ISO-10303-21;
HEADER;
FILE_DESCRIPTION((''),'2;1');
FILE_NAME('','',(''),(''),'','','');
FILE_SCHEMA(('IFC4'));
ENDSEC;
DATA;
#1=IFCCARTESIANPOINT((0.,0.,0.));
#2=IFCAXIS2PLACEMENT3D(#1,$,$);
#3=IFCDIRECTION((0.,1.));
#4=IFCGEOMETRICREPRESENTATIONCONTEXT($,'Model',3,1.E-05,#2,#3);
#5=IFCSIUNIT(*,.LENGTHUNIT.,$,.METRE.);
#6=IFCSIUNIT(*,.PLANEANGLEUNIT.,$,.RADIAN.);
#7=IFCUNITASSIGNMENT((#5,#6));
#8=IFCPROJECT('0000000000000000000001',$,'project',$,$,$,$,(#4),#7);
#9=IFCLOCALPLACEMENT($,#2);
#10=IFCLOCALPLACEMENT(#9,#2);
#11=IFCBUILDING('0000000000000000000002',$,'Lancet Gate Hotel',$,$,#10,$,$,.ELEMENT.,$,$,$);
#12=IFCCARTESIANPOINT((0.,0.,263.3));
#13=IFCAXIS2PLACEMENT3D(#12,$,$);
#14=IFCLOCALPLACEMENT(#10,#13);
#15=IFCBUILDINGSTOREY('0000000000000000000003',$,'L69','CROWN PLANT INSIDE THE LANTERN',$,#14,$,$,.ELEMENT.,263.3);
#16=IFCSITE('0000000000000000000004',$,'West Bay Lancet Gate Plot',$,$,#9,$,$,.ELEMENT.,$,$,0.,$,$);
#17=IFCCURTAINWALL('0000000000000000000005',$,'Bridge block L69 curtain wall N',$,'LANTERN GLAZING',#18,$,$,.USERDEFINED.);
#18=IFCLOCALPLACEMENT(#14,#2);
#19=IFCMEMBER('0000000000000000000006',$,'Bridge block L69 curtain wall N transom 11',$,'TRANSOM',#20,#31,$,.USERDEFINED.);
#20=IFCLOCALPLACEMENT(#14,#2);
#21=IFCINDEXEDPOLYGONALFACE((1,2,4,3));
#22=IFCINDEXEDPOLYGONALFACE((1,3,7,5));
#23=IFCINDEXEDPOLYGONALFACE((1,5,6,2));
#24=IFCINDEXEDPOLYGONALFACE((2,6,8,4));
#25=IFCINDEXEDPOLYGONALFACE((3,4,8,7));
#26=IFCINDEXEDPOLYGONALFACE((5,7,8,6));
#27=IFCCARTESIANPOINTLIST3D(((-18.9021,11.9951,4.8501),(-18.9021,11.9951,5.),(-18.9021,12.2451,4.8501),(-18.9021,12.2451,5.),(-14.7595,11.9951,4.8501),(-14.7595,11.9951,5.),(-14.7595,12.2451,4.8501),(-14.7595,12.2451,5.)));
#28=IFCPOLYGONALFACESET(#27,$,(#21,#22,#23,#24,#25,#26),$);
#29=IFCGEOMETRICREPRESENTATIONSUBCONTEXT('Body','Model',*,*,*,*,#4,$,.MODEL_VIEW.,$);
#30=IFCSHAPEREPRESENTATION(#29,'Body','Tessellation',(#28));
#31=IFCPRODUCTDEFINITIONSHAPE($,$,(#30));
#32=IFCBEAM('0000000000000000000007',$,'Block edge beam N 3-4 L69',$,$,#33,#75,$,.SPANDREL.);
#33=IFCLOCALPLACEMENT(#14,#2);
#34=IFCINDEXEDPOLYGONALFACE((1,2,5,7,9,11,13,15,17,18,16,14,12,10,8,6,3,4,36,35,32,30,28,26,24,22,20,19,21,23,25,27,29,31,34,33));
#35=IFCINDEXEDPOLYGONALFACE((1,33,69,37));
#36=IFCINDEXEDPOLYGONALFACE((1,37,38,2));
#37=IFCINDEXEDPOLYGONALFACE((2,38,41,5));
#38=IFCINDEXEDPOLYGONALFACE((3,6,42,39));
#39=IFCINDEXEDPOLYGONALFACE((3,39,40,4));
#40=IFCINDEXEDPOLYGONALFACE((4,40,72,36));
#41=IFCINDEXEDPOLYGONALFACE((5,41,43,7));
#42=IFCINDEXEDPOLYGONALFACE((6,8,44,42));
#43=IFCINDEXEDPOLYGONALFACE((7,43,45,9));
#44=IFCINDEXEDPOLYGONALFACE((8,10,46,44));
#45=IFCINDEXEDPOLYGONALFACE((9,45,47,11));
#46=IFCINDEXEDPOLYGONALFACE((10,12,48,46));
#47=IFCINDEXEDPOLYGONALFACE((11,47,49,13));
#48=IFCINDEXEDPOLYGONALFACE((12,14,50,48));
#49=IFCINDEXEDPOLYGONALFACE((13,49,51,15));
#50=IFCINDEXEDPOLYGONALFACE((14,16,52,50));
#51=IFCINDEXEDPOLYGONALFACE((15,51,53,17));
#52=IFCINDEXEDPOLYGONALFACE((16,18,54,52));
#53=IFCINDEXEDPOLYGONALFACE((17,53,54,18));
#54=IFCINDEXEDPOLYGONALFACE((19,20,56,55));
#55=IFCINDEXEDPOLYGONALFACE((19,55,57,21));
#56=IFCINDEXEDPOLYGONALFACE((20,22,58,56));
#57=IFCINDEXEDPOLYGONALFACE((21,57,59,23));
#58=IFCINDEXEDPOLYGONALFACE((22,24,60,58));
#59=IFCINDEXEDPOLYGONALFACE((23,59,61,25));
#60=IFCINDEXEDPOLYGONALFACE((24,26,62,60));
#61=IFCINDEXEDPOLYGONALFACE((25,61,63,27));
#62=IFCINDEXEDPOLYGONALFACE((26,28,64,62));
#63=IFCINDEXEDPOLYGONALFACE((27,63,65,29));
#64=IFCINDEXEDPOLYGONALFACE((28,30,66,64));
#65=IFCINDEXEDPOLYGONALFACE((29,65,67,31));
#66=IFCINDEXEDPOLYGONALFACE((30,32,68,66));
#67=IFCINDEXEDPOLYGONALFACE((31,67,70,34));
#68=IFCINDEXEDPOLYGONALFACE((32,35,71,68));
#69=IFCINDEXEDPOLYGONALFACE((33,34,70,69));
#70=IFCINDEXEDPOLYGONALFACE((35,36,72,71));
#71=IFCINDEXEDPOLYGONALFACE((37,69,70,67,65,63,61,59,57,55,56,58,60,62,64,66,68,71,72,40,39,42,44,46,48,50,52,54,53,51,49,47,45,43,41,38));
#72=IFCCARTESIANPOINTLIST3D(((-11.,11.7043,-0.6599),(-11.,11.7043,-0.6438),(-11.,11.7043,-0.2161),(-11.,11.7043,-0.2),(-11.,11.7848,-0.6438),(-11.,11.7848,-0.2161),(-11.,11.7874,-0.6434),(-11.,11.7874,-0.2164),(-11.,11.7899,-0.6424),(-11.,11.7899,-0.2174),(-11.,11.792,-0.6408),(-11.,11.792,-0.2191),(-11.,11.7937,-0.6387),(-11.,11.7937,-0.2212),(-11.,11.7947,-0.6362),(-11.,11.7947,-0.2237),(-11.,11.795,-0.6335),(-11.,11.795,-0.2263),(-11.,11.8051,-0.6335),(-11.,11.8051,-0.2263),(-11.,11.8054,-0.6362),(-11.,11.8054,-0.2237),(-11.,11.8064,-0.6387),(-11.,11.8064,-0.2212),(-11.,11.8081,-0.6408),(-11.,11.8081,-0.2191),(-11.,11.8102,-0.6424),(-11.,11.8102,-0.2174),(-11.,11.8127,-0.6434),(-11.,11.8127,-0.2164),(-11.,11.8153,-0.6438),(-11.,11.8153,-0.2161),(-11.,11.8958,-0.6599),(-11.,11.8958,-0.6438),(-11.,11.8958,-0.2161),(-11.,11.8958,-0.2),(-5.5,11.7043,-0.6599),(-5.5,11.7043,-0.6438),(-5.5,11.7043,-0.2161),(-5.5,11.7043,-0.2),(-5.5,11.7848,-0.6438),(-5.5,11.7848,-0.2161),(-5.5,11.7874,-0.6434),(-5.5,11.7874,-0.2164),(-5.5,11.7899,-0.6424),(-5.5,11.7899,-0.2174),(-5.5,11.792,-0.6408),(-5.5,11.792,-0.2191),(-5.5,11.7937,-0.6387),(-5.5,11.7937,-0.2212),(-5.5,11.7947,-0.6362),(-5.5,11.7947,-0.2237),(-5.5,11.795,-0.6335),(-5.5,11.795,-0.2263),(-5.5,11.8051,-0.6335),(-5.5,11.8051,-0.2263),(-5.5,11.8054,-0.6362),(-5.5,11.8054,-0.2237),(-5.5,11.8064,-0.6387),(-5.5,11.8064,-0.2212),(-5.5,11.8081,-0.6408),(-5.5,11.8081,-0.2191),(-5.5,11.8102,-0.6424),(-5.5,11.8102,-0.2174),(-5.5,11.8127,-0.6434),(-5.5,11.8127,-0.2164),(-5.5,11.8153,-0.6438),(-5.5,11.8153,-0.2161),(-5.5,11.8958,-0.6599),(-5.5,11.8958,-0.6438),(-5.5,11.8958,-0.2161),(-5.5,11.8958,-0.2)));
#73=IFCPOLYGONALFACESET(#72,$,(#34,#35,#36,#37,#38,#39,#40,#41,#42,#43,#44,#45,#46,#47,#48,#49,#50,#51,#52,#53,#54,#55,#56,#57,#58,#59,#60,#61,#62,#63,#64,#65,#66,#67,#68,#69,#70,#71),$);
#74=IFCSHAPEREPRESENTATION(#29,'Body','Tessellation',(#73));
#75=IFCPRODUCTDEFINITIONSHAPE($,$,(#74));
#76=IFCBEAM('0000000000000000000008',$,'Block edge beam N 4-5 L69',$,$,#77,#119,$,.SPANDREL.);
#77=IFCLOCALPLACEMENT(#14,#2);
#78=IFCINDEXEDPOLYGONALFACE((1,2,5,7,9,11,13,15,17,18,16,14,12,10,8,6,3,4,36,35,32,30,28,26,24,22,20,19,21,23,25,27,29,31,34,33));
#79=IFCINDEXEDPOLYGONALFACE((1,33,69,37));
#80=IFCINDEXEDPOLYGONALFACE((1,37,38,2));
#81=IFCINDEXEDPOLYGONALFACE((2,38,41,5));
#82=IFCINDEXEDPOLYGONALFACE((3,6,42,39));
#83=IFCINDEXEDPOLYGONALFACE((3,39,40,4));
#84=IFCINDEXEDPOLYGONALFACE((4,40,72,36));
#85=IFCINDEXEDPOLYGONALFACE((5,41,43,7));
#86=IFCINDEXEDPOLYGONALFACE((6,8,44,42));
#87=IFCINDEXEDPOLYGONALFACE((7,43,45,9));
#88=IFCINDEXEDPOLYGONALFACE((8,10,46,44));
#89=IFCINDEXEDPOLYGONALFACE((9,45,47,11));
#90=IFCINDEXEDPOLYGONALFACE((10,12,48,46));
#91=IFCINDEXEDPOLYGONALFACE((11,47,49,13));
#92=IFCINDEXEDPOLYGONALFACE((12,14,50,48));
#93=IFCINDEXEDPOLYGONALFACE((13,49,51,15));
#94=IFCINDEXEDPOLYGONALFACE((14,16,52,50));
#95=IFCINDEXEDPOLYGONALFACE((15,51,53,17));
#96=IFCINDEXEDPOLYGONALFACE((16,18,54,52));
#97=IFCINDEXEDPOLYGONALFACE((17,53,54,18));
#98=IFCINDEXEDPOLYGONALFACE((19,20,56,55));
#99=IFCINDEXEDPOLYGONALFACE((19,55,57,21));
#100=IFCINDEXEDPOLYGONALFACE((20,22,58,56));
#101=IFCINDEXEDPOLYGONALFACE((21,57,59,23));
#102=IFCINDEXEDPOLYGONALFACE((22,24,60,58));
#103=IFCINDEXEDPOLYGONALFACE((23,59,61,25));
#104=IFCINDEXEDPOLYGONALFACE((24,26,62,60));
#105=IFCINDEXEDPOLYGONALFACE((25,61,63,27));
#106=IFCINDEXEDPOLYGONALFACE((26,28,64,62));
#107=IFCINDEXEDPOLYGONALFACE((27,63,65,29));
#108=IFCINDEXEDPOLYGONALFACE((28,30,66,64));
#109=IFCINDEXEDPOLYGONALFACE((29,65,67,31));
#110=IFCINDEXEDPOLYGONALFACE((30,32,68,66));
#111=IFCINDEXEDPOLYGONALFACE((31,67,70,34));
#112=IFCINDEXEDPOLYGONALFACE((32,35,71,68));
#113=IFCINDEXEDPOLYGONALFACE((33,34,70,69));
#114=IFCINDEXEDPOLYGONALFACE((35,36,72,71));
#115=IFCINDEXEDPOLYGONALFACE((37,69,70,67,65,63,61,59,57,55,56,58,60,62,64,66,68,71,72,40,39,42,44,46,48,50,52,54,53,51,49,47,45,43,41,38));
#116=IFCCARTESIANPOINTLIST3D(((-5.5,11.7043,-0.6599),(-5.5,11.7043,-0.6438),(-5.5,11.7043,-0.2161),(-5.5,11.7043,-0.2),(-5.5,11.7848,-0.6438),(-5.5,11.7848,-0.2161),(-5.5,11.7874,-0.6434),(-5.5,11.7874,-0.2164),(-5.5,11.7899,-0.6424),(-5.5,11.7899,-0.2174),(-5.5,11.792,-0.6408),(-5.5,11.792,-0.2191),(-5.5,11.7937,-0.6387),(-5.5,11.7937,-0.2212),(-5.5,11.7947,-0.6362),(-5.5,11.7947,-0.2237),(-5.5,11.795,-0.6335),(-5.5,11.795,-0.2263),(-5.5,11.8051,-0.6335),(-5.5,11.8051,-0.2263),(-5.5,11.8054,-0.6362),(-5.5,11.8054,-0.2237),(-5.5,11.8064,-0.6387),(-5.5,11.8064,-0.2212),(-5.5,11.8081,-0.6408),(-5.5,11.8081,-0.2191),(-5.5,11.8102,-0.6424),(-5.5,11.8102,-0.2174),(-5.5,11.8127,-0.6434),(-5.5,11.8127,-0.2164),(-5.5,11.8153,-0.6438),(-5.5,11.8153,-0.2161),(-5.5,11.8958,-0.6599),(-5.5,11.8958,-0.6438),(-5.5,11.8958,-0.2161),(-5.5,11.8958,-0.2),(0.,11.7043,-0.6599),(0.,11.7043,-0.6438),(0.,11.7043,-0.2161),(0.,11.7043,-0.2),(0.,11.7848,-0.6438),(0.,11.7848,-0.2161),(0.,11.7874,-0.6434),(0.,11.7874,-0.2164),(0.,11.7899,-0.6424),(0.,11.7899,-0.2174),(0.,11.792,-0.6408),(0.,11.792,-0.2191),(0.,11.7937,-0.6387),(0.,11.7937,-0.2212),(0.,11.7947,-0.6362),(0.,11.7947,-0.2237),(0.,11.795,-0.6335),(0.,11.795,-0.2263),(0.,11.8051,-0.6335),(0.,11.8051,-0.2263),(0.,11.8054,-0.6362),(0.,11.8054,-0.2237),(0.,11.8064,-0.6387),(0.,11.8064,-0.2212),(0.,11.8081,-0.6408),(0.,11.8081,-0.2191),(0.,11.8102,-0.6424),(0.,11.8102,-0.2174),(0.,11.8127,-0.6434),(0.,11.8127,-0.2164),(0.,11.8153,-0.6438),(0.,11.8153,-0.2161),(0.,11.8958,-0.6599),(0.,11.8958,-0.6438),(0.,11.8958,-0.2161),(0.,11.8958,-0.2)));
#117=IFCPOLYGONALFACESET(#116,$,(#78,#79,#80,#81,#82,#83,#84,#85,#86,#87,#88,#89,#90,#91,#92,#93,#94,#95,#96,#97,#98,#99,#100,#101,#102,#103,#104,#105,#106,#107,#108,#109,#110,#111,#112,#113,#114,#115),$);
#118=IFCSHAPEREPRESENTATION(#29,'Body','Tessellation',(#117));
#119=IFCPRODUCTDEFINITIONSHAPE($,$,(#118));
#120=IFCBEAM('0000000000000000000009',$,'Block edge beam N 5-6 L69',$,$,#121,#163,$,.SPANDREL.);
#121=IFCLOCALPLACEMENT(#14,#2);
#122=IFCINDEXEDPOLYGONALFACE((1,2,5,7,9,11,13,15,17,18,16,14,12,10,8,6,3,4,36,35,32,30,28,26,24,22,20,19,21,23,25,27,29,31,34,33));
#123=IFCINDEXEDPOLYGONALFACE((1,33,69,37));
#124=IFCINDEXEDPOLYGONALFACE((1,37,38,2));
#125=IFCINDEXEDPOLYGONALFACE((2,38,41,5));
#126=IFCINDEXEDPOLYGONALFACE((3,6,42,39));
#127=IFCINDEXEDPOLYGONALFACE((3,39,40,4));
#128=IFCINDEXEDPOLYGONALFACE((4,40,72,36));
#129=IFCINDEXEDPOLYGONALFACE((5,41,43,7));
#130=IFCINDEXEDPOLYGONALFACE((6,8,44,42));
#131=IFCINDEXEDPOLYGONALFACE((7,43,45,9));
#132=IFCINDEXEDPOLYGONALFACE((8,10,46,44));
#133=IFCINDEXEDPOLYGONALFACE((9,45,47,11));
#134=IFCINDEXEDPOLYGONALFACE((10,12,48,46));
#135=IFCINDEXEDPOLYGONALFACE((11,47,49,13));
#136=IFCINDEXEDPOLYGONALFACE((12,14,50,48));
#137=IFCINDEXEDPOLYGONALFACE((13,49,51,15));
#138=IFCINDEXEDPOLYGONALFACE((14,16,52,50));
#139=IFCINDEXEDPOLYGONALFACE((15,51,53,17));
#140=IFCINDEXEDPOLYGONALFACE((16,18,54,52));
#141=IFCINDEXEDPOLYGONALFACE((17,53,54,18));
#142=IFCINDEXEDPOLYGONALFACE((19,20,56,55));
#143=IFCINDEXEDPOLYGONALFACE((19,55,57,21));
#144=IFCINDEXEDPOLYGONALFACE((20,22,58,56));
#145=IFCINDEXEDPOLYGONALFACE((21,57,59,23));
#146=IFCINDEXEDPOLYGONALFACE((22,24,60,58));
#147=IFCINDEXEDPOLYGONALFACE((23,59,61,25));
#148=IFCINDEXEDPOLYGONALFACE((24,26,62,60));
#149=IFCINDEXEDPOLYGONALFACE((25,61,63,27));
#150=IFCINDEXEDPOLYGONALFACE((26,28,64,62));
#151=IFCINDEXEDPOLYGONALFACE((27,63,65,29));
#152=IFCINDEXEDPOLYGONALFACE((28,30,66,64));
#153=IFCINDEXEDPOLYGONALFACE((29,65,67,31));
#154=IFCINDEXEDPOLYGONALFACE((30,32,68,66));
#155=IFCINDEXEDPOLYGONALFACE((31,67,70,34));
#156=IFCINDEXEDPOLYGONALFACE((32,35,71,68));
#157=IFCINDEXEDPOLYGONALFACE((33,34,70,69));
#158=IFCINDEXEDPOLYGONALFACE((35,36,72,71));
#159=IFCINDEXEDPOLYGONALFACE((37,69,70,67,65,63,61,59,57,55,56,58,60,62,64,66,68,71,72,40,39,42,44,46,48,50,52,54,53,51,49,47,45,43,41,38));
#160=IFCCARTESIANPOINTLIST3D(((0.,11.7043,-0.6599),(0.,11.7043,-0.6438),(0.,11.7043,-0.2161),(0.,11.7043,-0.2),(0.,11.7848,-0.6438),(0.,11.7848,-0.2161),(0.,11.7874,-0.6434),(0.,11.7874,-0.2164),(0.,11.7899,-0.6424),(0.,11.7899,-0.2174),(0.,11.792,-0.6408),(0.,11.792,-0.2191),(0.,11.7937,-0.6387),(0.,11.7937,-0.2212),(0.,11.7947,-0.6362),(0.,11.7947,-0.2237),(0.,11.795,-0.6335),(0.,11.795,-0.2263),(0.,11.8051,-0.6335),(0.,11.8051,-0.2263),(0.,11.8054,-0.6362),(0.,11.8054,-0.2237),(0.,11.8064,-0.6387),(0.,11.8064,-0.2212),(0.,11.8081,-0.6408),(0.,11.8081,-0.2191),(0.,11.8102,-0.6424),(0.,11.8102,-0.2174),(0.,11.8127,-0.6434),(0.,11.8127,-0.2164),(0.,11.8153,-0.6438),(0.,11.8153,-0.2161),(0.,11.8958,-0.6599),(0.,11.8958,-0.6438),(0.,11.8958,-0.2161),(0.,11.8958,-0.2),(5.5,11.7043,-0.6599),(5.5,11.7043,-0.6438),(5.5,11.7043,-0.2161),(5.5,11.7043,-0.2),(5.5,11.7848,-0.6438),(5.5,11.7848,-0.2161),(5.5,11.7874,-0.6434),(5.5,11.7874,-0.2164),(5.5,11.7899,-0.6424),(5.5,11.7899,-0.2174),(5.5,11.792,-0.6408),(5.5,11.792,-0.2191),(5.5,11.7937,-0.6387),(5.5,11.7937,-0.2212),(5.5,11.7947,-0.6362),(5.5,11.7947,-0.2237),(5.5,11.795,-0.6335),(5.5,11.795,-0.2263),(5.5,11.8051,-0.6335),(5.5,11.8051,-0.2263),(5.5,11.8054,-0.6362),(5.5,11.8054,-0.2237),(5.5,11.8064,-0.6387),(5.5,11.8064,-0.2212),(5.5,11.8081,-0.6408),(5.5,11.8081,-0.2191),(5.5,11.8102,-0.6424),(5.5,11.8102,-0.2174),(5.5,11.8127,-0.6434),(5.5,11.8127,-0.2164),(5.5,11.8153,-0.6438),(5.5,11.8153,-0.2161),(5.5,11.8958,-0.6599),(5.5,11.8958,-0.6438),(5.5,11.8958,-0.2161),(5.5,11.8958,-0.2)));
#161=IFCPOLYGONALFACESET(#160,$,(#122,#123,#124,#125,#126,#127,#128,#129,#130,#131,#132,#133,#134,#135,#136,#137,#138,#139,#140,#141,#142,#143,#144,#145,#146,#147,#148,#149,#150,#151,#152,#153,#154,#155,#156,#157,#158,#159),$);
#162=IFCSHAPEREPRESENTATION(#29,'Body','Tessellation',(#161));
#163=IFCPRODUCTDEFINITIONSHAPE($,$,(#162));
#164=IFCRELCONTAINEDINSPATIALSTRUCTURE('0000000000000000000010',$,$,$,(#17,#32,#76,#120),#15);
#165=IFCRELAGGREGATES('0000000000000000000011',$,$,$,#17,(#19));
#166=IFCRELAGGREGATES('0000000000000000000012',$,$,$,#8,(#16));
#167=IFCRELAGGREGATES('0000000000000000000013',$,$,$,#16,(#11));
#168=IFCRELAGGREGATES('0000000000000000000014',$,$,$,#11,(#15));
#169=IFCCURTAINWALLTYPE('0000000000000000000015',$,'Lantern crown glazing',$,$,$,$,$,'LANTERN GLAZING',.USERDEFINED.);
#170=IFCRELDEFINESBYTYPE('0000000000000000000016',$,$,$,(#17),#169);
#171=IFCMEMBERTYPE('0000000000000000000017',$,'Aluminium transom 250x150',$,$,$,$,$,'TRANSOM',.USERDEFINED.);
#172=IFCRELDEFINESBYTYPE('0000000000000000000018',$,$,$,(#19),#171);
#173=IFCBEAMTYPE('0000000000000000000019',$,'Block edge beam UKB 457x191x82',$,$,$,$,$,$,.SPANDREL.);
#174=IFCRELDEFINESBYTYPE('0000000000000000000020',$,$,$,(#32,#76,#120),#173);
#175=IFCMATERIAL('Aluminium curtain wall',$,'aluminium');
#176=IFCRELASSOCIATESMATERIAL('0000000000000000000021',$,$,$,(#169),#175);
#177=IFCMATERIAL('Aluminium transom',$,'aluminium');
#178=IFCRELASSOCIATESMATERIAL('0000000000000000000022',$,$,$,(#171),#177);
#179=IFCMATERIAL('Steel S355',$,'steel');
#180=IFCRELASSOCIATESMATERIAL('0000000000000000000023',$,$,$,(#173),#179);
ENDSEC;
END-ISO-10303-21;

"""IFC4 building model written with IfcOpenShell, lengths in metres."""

from ifc_helpers import new_model, si_unit, direction, frame, origin, origin_2d, place, context, subcontext, project, spatial, rectangle, i_section, extrude, material, material_profile, profile_set, type_object, element, aggregate, save


model = new_model("IFC4")

# Units and contexts
model_context = context("Model", 3, precision=1e-05, world=origin(), true_north=direction((0.0, 1.0)))
body_context = subcontext(model_context, "Body", "Model", "MODEL_VIEW")
ifc_project = project(units=[si_unit("LENGTHUNIT", "METRE"), si_unit("PLANEANGLEUNIT", "RADIAN")], contexts=[model_context])

# Site, building, storey
site_placement = place(None, origin())
site = spatial("IfcSite", under=ifc_project, at=site_placement, Name="West Bay Lancet Gate Plot", CompositionType="ELEMENT", RefElevation=0.0)
building_placement = place(site_placement, origin())
building = spatial("IfcBuilding", under=site, at=building_placement, Name="Lancet Gate Hotel", CompositionType="ELEMENT")
storey_placement = place(building_placement, frame((0.0, 0.0, 263.3)))
storey = spatial("IfcBuildingStorey", under=building, at=storey_placement, Name="L69", Description="CROWN PLANT INSIDE THE LANTERN", CompositionType="ELEMENT", Elevation=263.3)

# Curtain wall, member
ifc_material_1 = material(Name="Aluminium curtain wall", Category="aluminium")
curtain_wall_type = type_object("IfcCurtainWallType", Name="Lantern crown glazing", ElementType="LANTERN GLAZING", PredefinedType="USERDEFINED", material=ifc_material_1)
curtain_wall_placement = place(storey_placement, origin())
curtain_wall = element("IfcCurtainWall", 1, at=curtain_wall_placement, inside=storey, type_object=curtain_wall_type, Name="Bridge block L69 curtain wall N", ObjectType="LANTERN GLAZING", PredefinedType="USERDEFINED")
ifc_material_2 = material(Name="Aluminium transom", Category="aluminium")
ifc_material_profile_1 = material_profile(ifc_material_2, rectangle(XDim=0.25, YDim=0.1499, at=origin_2d()), Name="TRANSOM 250x150")
ifc_profile_set_1 = profile_set([ifc_material_profile_1], Name="Aluminium transom")
member_type_1 = type_object("IfcMemberType", Name="Aluminium transom 250x150", ElementType="TRANSOM", PredefinedType="USERDEFINED", material=ifc_profile_set_1)
member_1_placement = place(storey_placement, frame((-14.7595, 12.1201, 4.925), z_axis=(-1.0, 0.0, 0.0), x_axis=(0.0, -1.0, 0.0)))
member_1 = element("IfcMember", 2, at=member_1_placement, type_object=member_type_1, Name="Bridge block L69 curtain wall N transom 11", ObjectType="TRANSOM", PredefinedType="USERDEFINED", context=body_context, shape_type="SweptSolid", body=[
    extrude(rectangle(XDim=0.25, YDim=0.1499, at=origin_2d()), origin(), (0.0, 0.0, 1.0), 4.1426),
])

# Beams
ifc_material_3 = material(Name="Steel S355", Category="steel")
ifc_material_profile_2 = material_profile(ifc_material_3, i_section(OverallWidth=0.1914, OverallDepth=0.46, WebThickness=0.01, FlangeThickness=0.0161, FilletRadius=0.0103, at=origin_2d()), Name="UKB 457x191x82")
ifc_profile_set_2 = profile_set([ifc_material_profile_2], Name="Steel S355")
beam_type_1 = type_object("IfcBeamType", Name="Block edge beam UKB 457x191x82", PredefinedType="SPANDREL", material=ifc_profile_set_2)
for number, where, z_axis, x_axis, name in (
    (3, (-11.0, 11.8, -0.4299), (1.0, 0.0, 0.0), (0.0, 1.0, 0.0), "Block edge beam N 3-4 L69"),
    (4, (-5.5, 11.8, -0.4299), (1.0, 0.0, 0.0), (0.0, 1.0, 0.0), "Block edge beam N 4-5 L69"),
    (5, (0.0, 11.8, -0.4299), (1.0, 0.0, 0.0), (0.0, 1.0, 0.0), "Block edge beam N 5-6 L69"),
):
    element("IfcBeam", number, at=place(storey_placement, frame(where, z_axis=z_axis, x_axis=x_axis)), inside=storey, type_object=beam_type_1, Name=name, PredefinedType="SPANDREL", context=body_context, shape_type="SweptSolid", body=[
        extrude(i_section(OverallWidth=0.1914, OverallDepth=0.46, WebThickness=0.01, FlangeThickness=0.0161, FilletRadius=0.0103, at=origin_2d()), origin(), (0.0, 0.0, 1.0), 5.5),
    ])

aggregate(curtain_wall, [member_1])

save(model, "model.ifc")
